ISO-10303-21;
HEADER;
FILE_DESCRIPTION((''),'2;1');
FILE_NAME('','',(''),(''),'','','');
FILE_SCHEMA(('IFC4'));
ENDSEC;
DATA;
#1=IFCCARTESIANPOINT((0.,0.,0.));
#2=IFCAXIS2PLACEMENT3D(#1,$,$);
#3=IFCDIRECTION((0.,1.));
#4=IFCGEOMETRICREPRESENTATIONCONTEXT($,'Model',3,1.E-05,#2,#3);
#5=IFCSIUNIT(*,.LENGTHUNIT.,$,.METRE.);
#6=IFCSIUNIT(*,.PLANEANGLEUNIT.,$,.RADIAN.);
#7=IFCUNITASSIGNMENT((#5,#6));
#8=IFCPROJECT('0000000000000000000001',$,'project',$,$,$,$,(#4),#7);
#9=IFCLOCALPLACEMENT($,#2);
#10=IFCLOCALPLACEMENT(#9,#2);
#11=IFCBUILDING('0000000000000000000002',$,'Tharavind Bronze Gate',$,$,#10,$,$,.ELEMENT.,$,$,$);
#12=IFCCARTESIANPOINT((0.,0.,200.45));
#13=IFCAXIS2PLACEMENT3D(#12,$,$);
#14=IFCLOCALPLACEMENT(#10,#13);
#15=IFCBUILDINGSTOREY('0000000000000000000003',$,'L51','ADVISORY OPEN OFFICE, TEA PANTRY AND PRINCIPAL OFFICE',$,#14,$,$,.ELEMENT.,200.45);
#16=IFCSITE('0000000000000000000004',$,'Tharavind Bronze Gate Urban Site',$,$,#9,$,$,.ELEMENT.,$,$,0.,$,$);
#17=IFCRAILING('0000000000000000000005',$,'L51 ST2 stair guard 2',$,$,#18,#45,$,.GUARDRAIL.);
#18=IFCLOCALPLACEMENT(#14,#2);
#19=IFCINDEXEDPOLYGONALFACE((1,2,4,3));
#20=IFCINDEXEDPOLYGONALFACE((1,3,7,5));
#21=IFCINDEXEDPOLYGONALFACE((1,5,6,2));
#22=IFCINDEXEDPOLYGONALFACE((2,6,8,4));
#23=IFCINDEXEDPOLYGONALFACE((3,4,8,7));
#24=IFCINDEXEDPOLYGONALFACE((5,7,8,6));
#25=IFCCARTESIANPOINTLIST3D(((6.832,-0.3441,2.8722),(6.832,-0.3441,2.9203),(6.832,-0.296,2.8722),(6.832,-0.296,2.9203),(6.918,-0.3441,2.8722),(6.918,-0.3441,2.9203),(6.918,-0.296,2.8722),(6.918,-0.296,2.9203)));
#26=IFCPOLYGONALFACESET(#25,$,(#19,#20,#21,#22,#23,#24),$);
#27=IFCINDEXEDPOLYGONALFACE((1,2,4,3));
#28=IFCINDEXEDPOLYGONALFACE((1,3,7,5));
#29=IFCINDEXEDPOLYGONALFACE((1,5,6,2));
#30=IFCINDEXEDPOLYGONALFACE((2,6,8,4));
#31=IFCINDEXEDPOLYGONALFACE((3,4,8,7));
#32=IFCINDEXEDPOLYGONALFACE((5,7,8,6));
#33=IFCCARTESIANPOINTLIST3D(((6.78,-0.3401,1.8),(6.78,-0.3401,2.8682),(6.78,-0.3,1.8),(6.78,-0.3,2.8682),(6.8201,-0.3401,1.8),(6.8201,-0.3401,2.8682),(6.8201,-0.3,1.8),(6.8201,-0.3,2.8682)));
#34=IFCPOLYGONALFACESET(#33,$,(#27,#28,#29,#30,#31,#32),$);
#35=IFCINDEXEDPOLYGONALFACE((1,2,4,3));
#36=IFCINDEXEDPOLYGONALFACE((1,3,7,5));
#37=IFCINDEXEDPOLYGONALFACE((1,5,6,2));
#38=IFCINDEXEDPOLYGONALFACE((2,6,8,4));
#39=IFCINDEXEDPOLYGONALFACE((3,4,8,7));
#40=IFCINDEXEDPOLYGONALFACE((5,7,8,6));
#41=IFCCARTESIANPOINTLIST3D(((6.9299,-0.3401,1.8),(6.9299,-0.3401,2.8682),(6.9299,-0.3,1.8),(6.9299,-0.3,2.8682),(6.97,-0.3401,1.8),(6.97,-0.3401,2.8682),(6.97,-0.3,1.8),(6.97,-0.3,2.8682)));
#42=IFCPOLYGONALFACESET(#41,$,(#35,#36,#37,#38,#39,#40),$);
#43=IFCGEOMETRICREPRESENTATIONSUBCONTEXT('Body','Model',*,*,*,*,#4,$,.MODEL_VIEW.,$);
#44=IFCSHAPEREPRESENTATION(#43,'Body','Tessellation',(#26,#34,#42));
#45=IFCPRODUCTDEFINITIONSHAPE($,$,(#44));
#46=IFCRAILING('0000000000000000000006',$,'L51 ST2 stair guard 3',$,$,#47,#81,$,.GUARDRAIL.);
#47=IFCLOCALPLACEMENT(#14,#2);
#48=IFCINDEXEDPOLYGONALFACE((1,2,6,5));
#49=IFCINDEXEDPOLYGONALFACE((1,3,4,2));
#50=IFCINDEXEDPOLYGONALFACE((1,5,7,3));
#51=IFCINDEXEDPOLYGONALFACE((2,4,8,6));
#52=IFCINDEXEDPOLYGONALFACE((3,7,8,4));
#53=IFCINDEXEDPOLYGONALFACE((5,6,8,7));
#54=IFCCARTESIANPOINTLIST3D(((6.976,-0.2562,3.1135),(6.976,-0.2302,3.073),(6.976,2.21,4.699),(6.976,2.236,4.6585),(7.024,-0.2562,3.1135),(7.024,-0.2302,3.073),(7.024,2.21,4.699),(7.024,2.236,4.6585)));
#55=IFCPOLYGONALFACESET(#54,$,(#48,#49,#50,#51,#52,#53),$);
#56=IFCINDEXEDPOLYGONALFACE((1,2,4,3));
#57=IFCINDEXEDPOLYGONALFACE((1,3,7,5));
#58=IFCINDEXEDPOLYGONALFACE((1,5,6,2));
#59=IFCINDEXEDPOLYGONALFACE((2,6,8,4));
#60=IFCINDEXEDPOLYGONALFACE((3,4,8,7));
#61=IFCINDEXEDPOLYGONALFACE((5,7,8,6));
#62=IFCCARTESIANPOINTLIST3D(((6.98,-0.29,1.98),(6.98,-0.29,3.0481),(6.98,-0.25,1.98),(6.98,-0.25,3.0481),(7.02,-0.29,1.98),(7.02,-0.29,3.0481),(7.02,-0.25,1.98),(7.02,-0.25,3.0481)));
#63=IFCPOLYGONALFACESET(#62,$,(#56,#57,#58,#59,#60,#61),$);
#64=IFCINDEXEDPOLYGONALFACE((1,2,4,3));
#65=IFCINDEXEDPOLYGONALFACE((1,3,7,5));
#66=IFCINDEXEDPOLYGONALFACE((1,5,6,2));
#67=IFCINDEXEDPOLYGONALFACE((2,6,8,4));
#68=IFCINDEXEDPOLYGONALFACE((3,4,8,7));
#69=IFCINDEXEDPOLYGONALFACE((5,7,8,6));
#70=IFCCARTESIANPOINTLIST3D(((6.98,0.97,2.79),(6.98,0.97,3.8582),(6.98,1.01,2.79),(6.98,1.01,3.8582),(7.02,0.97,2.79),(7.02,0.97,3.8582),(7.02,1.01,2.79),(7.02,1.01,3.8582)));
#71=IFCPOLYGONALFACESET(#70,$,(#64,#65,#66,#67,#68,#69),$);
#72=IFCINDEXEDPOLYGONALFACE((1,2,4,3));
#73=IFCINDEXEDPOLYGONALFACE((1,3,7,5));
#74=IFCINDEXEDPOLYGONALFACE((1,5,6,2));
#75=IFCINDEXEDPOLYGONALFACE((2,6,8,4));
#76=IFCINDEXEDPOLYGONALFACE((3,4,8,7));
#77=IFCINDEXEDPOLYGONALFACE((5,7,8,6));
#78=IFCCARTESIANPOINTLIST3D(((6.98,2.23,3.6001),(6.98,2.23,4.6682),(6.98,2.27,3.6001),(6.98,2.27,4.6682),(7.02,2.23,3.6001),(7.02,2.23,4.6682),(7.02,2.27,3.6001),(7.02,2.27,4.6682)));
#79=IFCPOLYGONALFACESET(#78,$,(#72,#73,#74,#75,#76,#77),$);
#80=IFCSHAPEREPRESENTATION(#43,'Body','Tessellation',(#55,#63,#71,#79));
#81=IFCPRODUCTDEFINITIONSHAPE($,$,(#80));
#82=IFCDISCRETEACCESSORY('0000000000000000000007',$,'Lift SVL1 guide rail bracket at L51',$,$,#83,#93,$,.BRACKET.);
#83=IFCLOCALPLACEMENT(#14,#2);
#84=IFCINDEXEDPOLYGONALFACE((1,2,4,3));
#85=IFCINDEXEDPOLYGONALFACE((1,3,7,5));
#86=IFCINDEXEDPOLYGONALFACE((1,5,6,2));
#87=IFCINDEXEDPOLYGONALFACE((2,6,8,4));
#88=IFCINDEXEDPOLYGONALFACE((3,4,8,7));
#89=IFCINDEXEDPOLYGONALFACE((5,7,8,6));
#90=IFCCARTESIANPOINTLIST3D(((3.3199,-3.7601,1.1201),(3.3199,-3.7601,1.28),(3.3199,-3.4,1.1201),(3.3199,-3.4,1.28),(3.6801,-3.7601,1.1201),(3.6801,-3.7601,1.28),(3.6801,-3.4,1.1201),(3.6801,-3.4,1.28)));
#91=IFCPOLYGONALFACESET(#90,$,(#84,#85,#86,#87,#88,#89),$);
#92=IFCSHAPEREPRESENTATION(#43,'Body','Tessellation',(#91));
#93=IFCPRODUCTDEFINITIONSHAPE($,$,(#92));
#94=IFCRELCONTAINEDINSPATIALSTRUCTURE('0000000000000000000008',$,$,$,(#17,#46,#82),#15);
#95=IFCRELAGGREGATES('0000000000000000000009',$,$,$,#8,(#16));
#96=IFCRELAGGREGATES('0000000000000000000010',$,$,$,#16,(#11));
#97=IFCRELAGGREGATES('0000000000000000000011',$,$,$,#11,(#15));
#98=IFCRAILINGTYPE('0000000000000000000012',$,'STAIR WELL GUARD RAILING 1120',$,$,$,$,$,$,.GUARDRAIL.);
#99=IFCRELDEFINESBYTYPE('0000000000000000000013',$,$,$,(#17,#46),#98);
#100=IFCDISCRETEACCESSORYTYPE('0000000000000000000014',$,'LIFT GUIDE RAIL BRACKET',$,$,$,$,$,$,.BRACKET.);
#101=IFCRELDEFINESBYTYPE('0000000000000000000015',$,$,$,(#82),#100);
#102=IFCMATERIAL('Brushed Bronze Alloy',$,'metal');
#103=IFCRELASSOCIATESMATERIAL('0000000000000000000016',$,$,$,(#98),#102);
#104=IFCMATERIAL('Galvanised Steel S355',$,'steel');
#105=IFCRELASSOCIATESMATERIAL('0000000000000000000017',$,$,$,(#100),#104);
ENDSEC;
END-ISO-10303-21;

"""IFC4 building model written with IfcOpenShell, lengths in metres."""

from ifc_helpers import new_model, si_unit, direction, frame, origin, origin_2d, place, context, subcontext, project, spatial, rectangle, extrude, material, type_object, element, save


model = new_model("IFC4")

# Units and contexts
model_context = context("Model", 3, precision=1e-05, world=origin(), true_north=direction((0.0, 1.0)))
body_context = subcontext(model_context, "Body", "Model", "MODEL_VIEW")
ifc_project = project(units=[si_unit("LENGTHUNIT", "METRE"), si_unit("PLANEANGLEUNIT", "RADIAN")], contexts=[model_context])

# Site, building, storey
site_placement = place(None, origin())
site = spatial("IfcSite", under=ifc_project, at=site_placement, Name="Tharavind Bronze Gate Urban Site", CompositionType="ELEMENT", RefElevation=0.0)
building_placement = place(site_placement, origin())
building = spatial("IfcBuilding", under=site, at=building_placement, Name="Tharavind Bronze Gate", CompositionType="ELEMENT")
storey_placement = place(building_placement, frame((0.0, 0.0, 200.45)))
storey = spatial("IfcBuildingStorey", under=building, at=storey_placement, Name="L51", Description="ADVISORY OPEN OFFICE, TEA PANTRY AND PRINCIPAL OFFICE", CompositionType="ELEMENT", Elevation=200.45)

# Railings
ifc_material_1 = material(Name="Brushed Bronze Alloy", Category="metal")
railing_type = type_object("IfcRailingType", Name="STAIR WELL GUARD RAILING 1120", PredefinedType="GUARDRAIL", material=ifc_material_1)
railing_1_placement = place(storey_placement, frame((6.8, -0.3201, 1.8)))
element("IfcRailing", 1, at=railing_1_placement, inside=storey, type_object=railing_type, Name="L51 ST2 stair guard 2", PredefinedType="GUARDRAIL", context=body_context, shape_type="SweptSolid", body=[
    extrude(rectangle(XDim=0.0481, YDim=0.0481, at=origin_2d()), frame((0.032, 0.0, 1.0962), z_axis=(1.0, 0.0, 0.0), x_axis=(0.0, 1.0, 0.0)), (0.0, 0.0, 1.0), 0.0859),
    extrude(rectangle(XDim=0.04, YDim=0.04, at=origin_2d()), origin(), (0.0, 0.0, 1.0), 1.0681),
    extrude(rectangle(XDim=0.04, YDim=0.04, at=origin_2d()), frame((0.1499, 0.0, 0.0)), (0.0, 0.0, 1.0), 1.0681),
])
railing_2_placement = place(storey_placement, frame((7.0, -0.27, 1.98)))
element("IfcRailing", 2, at=railing_2_placement, inside=storey, type_object=railing_type, Name="L51 ST2 stair guard 3", PredefinedType="GUARDRAIL", context=body_context, shape_type="SweptSolid", body=[
    extrude(rectangle(XDim=0.0481, YDim=0.0481, at=origin_2d()), frame((0.0, 0.0269, 1.1133), z_axis=(0.0, 0.841163, 0.540782), x_axis=(-1.0, 0.0, 0.0)), (0.0, 0.0, 1.0), 2.9319),
    extrude(rectangle(XDim=0.04, YDim=0.04, at=origin_2d()), origin(), (0.0, 0.0, 1.0), 1.0681),
    extrude(rectangle(XDim=0.04, YDim=0.04, at=origin_2d()), frame((0.0, 1.26, 0.8101)), (0.0, 0.0, 1.0), 1.0681),
    extrude(rectangle(XDim=0.04, YDim=0.04, at=origin_2d()), frame((0.0, 2.52, 1.6201)), (0.0, 0.0, 1.0), 1.0681),
])

# Discrete accessory
ifc_material_2 = material(Name="Galvanised Steel S355", Category="steel")
discrete_accessory_type = type_object("IfcDiscreteAccessoryType", Name="LIFT GUIDE RAIL BRACKET", PredefinedType="BRACKET", material=ifc_material_2)
discrete_accessory_placement = place(storey_placement, frame((3.5, -3.5801, 1.1201), z_axis=(0.0, 0.0, 1.0), x_axis=(1.0, 0.0, 0.0)))
element("IfcDiscreteAccessory", 3, at=discrete_accessory_placement, inside=storey, type_object=discrete_accessory_type, Name="Lift SVL1 guide rail bracket at L51", PredefinedType="BRACKET", context=body_context, shape_type="SweptSolid", body=[
    extrude(rectangle(XDim=0.3601, YDim=0.3601, at=origin_2d()), origin(), (0.0, 0.0, 1.0), 0.1599),
])

save(model, "model.ifc")
